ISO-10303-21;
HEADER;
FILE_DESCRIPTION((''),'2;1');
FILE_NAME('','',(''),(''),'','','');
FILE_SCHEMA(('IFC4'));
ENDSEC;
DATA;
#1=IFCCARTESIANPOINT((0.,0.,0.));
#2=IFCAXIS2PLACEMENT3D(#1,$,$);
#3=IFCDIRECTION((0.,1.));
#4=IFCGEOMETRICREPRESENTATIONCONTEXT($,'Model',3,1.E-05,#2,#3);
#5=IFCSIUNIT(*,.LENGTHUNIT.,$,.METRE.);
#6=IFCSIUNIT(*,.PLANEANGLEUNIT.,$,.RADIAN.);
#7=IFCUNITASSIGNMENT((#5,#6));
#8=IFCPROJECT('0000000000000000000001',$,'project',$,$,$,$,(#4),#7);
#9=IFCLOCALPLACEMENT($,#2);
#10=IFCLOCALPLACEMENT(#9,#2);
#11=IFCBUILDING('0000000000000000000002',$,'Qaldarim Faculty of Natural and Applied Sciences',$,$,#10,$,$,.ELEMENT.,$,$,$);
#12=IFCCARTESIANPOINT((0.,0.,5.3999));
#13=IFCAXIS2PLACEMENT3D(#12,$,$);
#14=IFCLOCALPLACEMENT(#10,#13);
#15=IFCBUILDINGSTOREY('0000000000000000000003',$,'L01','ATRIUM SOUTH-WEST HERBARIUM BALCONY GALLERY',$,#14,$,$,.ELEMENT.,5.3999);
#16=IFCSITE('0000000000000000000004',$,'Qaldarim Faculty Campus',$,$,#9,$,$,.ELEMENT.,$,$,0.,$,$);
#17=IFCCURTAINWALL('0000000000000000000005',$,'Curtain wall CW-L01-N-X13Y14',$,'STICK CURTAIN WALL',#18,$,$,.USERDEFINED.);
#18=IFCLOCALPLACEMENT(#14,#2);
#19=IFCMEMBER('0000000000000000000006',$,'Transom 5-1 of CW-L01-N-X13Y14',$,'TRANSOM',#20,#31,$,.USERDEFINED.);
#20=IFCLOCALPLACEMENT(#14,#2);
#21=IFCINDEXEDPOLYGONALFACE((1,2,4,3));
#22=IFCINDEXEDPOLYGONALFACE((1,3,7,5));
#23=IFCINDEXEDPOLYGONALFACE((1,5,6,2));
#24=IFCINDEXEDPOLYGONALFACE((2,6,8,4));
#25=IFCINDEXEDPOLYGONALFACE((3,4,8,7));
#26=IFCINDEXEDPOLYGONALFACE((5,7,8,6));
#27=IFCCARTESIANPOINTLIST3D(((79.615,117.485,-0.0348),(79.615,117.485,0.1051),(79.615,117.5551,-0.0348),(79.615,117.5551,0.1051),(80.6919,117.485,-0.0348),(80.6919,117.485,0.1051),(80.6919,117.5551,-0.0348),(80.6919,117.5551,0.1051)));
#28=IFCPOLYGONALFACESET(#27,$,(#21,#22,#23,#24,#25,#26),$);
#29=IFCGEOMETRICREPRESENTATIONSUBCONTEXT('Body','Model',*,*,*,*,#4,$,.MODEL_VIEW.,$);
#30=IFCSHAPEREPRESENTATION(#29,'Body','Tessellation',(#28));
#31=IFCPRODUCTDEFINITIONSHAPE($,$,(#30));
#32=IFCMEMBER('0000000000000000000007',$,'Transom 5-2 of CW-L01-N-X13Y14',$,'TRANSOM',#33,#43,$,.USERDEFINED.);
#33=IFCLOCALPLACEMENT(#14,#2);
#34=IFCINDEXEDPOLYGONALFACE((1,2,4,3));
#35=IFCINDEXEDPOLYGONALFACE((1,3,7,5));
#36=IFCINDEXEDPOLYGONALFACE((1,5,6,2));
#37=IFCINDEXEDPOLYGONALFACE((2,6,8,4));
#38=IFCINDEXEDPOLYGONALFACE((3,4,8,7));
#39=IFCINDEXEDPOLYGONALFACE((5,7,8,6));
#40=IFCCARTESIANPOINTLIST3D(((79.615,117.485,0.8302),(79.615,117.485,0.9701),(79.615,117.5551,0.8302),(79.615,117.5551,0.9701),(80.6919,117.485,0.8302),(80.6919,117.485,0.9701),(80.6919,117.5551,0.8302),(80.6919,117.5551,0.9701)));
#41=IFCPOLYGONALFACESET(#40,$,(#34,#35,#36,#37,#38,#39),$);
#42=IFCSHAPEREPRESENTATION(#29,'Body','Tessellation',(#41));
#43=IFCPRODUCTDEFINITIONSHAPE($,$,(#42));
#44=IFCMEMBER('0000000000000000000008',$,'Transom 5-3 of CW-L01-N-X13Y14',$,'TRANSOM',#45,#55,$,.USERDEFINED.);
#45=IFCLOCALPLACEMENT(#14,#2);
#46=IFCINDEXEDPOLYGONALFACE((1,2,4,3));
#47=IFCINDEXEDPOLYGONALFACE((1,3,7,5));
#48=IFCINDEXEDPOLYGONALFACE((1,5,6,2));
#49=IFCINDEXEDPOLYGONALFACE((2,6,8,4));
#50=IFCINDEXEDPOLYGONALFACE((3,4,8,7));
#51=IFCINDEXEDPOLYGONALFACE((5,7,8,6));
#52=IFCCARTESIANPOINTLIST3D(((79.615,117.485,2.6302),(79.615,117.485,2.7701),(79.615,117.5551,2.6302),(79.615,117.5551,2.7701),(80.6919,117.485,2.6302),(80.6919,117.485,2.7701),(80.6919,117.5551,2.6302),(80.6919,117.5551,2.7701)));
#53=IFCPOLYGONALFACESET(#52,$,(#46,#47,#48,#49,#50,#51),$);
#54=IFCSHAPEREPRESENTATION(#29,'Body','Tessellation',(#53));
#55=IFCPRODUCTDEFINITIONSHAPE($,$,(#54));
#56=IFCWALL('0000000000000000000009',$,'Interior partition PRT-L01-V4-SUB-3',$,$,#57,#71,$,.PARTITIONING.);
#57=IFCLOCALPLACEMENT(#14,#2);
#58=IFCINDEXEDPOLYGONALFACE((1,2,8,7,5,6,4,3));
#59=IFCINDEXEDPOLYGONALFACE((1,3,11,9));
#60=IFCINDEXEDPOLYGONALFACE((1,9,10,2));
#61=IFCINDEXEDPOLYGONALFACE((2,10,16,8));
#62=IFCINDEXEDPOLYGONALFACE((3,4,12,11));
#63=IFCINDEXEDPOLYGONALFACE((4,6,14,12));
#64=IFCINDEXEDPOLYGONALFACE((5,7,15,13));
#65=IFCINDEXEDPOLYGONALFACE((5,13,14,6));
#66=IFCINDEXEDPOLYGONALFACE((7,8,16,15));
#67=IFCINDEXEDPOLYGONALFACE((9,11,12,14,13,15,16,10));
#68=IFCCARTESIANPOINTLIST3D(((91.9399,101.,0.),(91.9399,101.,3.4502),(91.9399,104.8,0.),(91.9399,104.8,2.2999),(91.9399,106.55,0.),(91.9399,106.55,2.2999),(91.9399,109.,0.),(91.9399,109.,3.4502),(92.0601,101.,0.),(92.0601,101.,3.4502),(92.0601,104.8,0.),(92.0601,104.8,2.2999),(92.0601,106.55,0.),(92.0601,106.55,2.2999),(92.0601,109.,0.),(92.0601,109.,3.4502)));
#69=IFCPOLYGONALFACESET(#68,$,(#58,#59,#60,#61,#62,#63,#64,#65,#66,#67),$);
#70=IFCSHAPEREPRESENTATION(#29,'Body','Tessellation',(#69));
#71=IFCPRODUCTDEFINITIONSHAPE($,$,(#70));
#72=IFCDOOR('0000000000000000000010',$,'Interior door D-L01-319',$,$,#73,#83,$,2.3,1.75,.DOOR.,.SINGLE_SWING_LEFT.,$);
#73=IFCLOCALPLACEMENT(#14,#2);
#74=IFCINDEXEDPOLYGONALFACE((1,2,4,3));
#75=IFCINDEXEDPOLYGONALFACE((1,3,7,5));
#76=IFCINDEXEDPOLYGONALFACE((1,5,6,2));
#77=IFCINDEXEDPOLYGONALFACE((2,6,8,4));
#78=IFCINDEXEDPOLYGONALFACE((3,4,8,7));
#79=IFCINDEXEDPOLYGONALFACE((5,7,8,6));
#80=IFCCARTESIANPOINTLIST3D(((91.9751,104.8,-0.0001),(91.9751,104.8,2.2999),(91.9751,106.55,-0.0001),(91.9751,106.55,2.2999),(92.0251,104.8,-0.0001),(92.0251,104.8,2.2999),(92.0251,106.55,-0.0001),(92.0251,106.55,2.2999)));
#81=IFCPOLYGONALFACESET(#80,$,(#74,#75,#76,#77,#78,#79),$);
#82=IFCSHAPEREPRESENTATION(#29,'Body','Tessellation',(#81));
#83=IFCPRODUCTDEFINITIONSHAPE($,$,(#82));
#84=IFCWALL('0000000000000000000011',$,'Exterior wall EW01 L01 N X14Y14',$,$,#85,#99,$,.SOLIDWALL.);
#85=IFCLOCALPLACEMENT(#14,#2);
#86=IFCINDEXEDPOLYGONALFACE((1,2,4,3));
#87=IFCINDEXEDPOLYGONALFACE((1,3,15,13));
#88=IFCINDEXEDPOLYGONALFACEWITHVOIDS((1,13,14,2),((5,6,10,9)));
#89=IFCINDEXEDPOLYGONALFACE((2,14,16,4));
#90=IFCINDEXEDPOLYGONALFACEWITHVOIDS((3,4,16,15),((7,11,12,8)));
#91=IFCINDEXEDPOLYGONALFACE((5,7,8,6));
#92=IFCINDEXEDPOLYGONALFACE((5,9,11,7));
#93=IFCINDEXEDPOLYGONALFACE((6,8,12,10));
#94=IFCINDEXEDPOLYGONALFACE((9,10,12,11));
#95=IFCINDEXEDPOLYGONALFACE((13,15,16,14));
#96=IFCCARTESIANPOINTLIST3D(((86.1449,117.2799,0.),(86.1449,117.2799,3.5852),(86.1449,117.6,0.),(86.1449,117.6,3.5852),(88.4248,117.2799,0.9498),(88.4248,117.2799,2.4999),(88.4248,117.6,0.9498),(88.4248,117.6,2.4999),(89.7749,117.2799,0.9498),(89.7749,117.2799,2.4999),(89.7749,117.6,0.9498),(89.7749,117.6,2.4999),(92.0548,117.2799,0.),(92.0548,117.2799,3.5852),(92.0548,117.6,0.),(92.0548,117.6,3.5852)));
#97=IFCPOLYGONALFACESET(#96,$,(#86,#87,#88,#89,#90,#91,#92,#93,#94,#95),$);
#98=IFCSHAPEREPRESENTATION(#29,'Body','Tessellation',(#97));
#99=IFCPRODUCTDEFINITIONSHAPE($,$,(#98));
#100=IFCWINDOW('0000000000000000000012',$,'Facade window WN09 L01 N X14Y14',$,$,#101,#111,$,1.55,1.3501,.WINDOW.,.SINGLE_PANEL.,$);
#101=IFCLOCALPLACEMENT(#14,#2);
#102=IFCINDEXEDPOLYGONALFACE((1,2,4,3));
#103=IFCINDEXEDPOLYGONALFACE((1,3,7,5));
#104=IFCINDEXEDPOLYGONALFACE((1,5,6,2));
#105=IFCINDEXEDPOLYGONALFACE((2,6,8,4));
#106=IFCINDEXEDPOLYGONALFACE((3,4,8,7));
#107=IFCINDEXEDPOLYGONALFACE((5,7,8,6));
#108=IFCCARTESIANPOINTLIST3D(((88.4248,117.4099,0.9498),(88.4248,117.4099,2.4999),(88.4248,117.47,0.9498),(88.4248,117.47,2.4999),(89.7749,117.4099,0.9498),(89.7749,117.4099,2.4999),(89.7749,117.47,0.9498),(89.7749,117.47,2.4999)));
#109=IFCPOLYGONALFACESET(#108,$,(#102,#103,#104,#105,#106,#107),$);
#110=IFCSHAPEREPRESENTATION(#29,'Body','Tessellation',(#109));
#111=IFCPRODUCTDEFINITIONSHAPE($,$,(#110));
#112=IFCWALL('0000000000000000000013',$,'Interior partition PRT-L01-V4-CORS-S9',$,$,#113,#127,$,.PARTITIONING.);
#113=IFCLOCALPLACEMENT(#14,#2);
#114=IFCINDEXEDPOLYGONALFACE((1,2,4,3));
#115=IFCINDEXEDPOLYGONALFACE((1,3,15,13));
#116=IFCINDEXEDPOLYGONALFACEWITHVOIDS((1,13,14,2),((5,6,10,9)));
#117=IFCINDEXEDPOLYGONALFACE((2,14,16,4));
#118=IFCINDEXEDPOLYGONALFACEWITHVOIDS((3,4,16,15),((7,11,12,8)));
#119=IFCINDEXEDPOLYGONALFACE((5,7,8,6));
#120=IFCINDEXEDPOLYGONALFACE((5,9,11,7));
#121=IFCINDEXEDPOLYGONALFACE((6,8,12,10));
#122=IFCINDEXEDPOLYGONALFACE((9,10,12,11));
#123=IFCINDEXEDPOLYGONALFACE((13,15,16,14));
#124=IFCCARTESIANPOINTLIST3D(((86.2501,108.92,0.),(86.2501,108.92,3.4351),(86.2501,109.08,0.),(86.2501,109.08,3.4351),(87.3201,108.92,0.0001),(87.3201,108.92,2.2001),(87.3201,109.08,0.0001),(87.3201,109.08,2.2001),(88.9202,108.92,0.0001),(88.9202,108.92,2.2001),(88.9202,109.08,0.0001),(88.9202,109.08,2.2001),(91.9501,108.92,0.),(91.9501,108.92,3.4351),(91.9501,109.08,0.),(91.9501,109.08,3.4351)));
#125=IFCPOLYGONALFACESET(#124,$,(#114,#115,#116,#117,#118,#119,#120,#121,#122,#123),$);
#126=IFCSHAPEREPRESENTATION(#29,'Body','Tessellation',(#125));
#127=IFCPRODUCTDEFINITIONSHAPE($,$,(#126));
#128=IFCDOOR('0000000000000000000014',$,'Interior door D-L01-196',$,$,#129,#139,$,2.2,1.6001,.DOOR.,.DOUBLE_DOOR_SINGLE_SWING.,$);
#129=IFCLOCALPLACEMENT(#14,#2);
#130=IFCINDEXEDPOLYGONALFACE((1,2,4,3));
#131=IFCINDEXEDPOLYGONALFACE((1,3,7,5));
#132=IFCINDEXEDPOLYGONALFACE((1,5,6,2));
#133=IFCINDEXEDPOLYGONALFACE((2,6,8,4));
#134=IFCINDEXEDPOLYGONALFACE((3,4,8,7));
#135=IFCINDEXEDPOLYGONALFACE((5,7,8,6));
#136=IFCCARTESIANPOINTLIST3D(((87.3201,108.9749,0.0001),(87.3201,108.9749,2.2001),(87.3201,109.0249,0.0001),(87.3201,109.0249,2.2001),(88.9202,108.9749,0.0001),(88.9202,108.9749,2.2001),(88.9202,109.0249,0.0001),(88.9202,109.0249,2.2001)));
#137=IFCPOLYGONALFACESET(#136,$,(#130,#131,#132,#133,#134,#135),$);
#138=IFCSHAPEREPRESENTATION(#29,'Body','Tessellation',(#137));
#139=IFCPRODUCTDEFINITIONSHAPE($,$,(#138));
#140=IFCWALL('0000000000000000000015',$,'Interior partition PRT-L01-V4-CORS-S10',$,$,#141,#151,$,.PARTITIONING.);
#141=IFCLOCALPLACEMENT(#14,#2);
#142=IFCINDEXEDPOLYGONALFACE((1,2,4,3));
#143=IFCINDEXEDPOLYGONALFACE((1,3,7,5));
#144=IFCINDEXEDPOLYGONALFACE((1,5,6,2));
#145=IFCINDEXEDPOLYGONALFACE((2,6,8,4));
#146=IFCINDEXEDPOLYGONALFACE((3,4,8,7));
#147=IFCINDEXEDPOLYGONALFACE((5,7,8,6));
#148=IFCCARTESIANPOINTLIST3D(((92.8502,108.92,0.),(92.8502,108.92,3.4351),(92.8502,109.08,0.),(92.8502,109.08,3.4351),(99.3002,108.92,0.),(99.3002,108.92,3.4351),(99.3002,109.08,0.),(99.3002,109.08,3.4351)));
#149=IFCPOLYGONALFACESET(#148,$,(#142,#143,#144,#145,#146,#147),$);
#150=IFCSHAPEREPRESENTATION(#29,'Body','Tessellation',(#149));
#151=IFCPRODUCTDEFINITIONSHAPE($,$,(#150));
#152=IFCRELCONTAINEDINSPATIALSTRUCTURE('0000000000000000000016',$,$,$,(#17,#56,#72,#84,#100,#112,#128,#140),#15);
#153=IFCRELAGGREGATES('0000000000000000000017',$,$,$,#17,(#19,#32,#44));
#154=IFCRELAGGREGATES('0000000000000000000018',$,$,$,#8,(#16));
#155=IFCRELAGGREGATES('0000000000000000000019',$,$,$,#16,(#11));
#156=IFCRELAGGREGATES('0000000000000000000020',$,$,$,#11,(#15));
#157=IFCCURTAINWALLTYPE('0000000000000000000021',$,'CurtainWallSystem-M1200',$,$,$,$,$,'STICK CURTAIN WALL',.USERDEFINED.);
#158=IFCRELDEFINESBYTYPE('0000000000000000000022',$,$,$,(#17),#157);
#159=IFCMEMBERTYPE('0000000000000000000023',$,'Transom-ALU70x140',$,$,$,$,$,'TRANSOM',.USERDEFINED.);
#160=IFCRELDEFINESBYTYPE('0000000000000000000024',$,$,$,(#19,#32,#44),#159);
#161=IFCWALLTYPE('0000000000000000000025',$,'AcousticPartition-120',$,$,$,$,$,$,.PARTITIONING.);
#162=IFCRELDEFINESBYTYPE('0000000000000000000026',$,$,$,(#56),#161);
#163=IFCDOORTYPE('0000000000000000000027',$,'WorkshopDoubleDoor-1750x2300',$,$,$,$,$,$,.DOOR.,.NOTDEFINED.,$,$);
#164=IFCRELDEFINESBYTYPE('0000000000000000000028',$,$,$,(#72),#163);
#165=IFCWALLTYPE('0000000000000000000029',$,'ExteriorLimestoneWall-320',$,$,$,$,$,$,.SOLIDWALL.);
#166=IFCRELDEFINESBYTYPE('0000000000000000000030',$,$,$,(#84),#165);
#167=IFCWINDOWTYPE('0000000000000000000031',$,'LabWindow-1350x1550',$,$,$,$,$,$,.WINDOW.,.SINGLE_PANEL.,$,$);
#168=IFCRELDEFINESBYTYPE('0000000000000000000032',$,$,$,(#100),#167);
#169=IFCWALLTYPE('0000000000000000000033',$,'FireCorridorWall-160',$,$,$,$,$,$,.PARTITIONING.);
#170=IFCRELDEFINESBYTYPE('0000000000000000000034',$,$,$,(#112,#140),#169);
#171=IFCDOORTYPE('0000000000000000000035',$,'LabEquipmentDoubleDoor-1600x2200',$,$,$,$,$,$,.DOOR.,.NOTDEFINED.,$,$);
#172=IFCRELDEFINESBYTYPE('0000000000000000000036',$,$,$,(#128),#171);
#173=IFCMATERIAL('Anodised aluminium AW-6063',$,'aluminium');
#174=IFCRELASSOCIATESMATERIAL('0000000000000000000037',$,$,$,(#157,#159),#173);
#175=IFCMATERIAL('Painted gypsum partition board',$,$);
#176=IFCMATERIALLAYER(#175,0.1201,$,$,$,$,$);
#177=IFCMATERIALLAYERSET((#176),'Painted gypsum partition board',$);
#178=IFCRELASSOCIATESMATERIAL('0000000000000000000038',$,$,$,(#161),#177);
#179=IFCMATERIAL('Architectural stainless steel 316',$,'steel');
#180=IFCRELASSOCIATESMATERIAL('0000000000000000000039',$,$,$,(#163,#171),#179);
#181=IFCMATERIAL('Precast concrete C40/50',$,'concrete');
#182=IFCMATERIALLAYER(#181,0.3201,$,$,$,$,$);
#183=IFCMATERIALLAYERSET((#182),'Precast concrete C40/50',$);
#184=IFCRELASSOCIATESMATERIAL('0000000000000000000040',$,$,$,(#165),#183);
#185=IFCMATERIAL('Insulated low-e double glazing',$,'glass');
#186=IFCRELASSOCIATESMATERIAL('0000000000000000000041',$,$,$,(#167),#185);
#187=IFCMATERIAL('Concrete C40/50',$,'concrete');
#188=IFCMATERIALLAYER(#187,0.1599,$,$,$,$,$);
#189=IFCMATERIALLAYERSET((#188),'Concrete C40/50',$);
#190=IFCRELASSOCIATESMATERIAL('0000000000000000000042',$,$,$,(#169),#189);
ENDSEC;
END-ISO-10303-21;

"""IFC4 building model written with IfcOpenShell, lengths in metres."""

from ifc_helpers import new_model, si_unit, direction, frame, frame_2d, origin, origin_2d, place, context, subcontext, project, spatial, rectangle, extrude, material, layer, layer_set, material_profile, profile_set, type_object, element, fill, aggregate, save


model = new_model("IFC4")

# Units and contexts
model_context = context("Model", 3, precision=1e-05, world=origin(), true_north=direction((0.0, 1.0)))
body_context = subcontext(model_context, "Body", "Model", "MODEL_VIEW")
ifc_project = project(units=[si_unit("LENGTHUNIT", "METRE"), si_unit("PLANEANGLEUNIT", "RADIAN")], contexts=[model_context])

# Site, building, storey
site_placement = place(None, origin())
site = spatial("IfcSite", under=ifc_project, at=site_placement, Name="Qaldarim Faculty Campus", CompositionType="ELEMENT", RefElevation=0.0)
building_placement = place(site_placement, origin())
building = spatial("IfcBuilding", under=site, at=building_placement, Name="Qaldarim Faculty of Natural and Applied Sciences", CompositionType="ELEMENT")
storey_placement = place(building_placement, frame((0.0, 0.0, 5.3999)))
storey = spatial("IfcBuildingStorey", under=building, at=storey_placement, Name="L01", Description="ATRIUM SOUTH-WEST HERBARIUM BALCONY GALLERY", CompositionType="ELEMENT", Elevation=5.3999)

# Shared definitions
ifc_material_1 = material(Name="Concrete C40/50", Category="concrete")

# Curtain wall, members
ifc_material_2 = material(Name="Anodised aluminium AW-6063", Category="aluminium")
curtain_wall_type = type_object("IfcCurtainWallType", Name="CurtainWallSystem-M1200", ElementType="STICK CURTAIN WALL", PredefinedType="USERDEFINED", material=ifc_material_2)
curtain_wall_placement = place(storey_placement, origin())
curtain_wall = element("IfcCurtainWall", 1, at=curtain_wall_placement, inside=storey, type_object=curtain_wall_type, Name="Curtain wall CW-L01-N-X13Y14", ObjectType="STICK CURTAIN WALL", PredefinedType="USERDEFINED")
ifc_material_profile_1 = material_profile(ifc_material_2, rectangle(XDim=0.0701, YDim=0.1399, at=origin_2d()), Name="ALU-T70x140")
ifc_profile_set_1 = profile_set([ifc_material_profile_1], Name="Anodised aluminium AW-6063")
member_type = type_object("IfcMemberType", Name="Transom-ALU70x140", ElementType="TRANSOM", PredefinedType="USERDEFINED", material=ifc_profile_set_1)
member_1_placement = place(storey_placement, frame((80.6919, 117.52, 0.0352), z_axis=(-1.0, 0.0, 0.0), x_axis=(0.0, -1.0, 0.0)))
member_1 = element("IfcMember", 2, at=member_1_placement, type_object=member_type, Name="Transom 5-1 of CW-L01-N-X13Y14", ObjectType="TRANSOM", PredefinedType="USERDEFINED", context=body_context, shape_type="SweptSolid", body=[
    extrude(rectangle(XDim=0.0701, YDim=0.1399, at=origin_2d()), origin(), (0.0, 0.0, 1.0), 1.0769),
])
member_2_placement = place(storey_placement, frame((80.6919, 117.52, 0.9001), z_axis=(-1.0, 0.0, 0.0), x_axis=(0.0, -1.0, 0.0)))
member_2 = element("IfcMember", 3, at=member_2_placement, type_object=member_type, Name="Transom 5-2 of CW-L01-N-X13Y14", ObjectType="TRANSOM", PredefinedType="USERDEFINED", context=body_context, shape_type="SweptSolid", body=[
    extrude(rectangle(XDim=0.0701, YDim=0.1399, at=origin_2d()), origin(), (0.0, 0.0, 1.0), 1.0769),
])
member_3_placement = place(storey_placement, frame((80.6919, 117.52, 2.7002), z_axis=(-1.0, 0.0, 0.0), x_axis=(0.0, -1.0, 0.0)))
member_3 = element("IfcMember", 4, at=member_3_placement, type_object=member_type, Name="Transom 5-3 of CW-L01-N-X13Y14", ObjectType="TRANSOM", PredefinedType="USERDEFINED", context=body_context, shape_type="SweptSolid", body=[
    extrude(rectangle(XDim=0.0701, YDim=0.1399, at=origin_2d()), origin(), (0.0, 0.0, 1.0), 1.0769),
])
aggregate(curtain_wall, [member_1, member_2, member_3])

# Wall, opening, door
ifc_material_3 = material(Name="Painted gypsum partition board")
ifc_layer_1 = layer(ifc_material_3, 0.1201)
ifc_layer_set_1 = layer_set([ifc_layer_1], Name="Painted gypsum partition board")
wall_type_1 = type_object("IfcWallType", Name="AcousticPartition-120", PredefinedType="PARTITIONING", material=ifc_layer_set_1)
wall_1_placement = place(storey_placement, frame((92.0, 101.0, 0.0), z_axis=(0.0, 0.0, 1.0), x_axis=(0.0, 1.0, 0.0)))
wall_1 = element("IfcWall", 5, at=wall_1_placement, inside=storey, type_object=wall_type_1, Name="Interior partition PRT-L01-V4-SUB-3", PredefinedType="PARTITIONING", context=body_context, shape_type="SweptSolid", body=[
    extrude(rectangle(XDim=8.0, YDim=0.1201, at=frame_2d((4.0, 0.0))), origin(), (0.0, 0.0, 1.0), 3.4502),
])
opening_1_placement = place(wall_1_placement, frame((3.8, 0.0, 0.0)))
opening_1 = element("IfcOpeningElement", 6, at=opening_1_placement, cuts=wall_1, PredefinedType="OPENING", context=body_context, shape_type="SweptSolid", body=[
    extrude(rectangle(XDim=1.75, YDim=2.3, at=frame_2d((0.875, 1.1499))), frame((0.0, 0.0701, 0.0), z_axis=(0.0, -1.0, 0.0), x_axis=(1.0, 0.0, 0.0)), (0.0, 0.0, 1.0), 0.1401),
])
ifc_material_4 = material(Name="Architectural stainless steel 316", Category="steel")
door_type_1 = type_object("IfcDoorType", Name="WorkshopDoubleDoor-1750x2300", OperationType="NOTDEFINED", PredefinedType="DOOR", material=ifc_material_4)
door_1_placement = place(opening_1_placement, origin())
door_1 = element("IfcDoor", 7, at=door_1_placement, inside=storey, type_object=door_type_1, Name="Interior door D-L01-319", OperationType="SINGLE_SWING_LEFT", OverallHeight=2.3, OverallWidth=1.75, PredefinedType="DOOR", context=body_context, shape_type="SweptSolid", body=[
    extrude(rectangle(XDim=1.75, YDim=2.3, at=frame_2d((0.875, 1.1499))), frame((0.0, 0.0249, 0.0), z_axis=(0.0, -1.0, 0.0), x_axis=(1.0, 0.0, 0.0)), (0.0, 0.0, 1.0), 0.05),
])
fill(opening_1, door_1)

# Wall, opening, window
ifc_material_5 = material(Name="Precast concrete C40/50", Category="concrete")
ifc_layer_2 = layer(ifc_material_5, 0.3201)
ifc_layer_set_2 = layer_set([ifc_layer_2], Name="Precast concrete C40/50")
wall_type_2 = type_object("IfcWallType", Name="ExteriorLimestoneWall-320", PredefinedType="SOLIDWALL", material=ifc_layer_set_2)
wall_2_placement = place(storey_placement, frame((92.0549, 117.4399, 0.0), z_axis=(0.0, 0.0, 1.0), x_axis=(-1.0, 0.0, 0.0)))
wall_2 = element("IfcWall", 8, at=wall_2_placement, inside=storey, type_object=wall_type_2, Name="Exterior wall EW01 L01 N X14Y14", PredefinedType="SOLIDWALL", context=body_context, shape_type="SweptSolid", body=[
    extrude(rectangle(XDim=5.9099, YDim=0.3201, at=frame_2d((2.9551, 0.0))), origin(), (0.0, 0.0, 1.0), 3.5852),
])
opening_2_placement = place(wall_2_placement, frame((2.28, 0.0, 0.95)))
opening_2 = element("IfcOpeningElement", 9, at=opening_2_placement, cuts=wall_2, PredefinedType="OPENING", context=body_context, shape_type="SweptSolid", body=[
    extrude(rectangle(XDim=1.3501, YDim=1.55, at=frame_2d((0.675, 0.7749))), frame((0.0, 0.1699, 0.0), z_axis=(0.0, -1.0, 0.0), x_axis=(1.0, 0.0, 0.0)), (0.0, 0.0, 1.0), 0.3401),
])
ifc_material_6 = material(Name="Insulated low-e double glazing", Category="glass")
window_type = type_object("IfcWindowType", Name="LabWindow-1350x1550", PartitioningType="SINGLE_PANEL", PredefinedType="WINDOW", material=ifc_material_6)
window_placement = place(opening_2_placement, origin())
window = element("IfcWindow", 10, at=window_placement, inside=storey, type_object=window_type, Name="Facade window WN09 L01 N X14Y14", OverallHeight=1.55, OverallWidth=1.3501, PartitioningType="SINGLE_PANEL", PredefinedType="WINDOW", context=body_context, shape_type="SweptSolid", body=[
    extrude(rectangle(XDim=1.3501, YDim=1.55, at=frame_2d((0.675, 0.7749))), frame((0.0, 0.03, 0.0), z_axis=(0.0, -1.0, 0.0), x_axis=(1.0, 0.0, 0.0)), (0.0, 0.0, 1.0), 0.0601),
])
fill(opening_2, window)

# Wall, opening, door
ifc_layer_3 = layer(ifc_material_1, 0.1599)
ifc_layer_set_3 = layer_set([ifc_layer_3], Name="Concrete C40/50")
wall_type_3 = type_object("IfcWallType", Name="FireCorridorWall-160", PredefinedType="PARTITIONING", material=ifc_layer_set_3)
wall_3_placement = place(storey_placement, frame((86.25, 109.0, 0.0), z_axis=(0.0, 0.0, 1.0), x_axis=(1.0, 0.0, 0.0)))
wall_3 = element("IfcWall", 11, at=wall_3_placement, inside=storey, type_object=wall_type_3, Name="Interior partition PRT-L01-V4-CORS-S9", PredefinedType="PARTITIONING", context=body_context, shape_type="SweptSolid", body=[
    extrude(rectangle(XDim=5.7, YDim=0.1599, at=frame_2d((2.8501, 0.0))), origin(), (0.0, 0.0, 1.0), 3.4351),
])
opening_3_placement = place(wall_3_placement, frame((1.0701, 0.0, 0.0)))
opening_3 = element("IfcOpeningElement", 12, at=opening_3_placement, cuts=wall_3, PredefinedType="OPENING", context=body_context, shape_type="SweptSolid", body=[
    extrude(rectangle(XDim=1.6001, YDim=2.2, at=frame_2d((0.8, 1.1001))), frame((0.0, 0.0898, 0.0), z_axis=(0.0, -1.0, 0.0), x_axis=(1.0, 0.0, 0.0)), (0.0, 0.0, 1.0), 0.1799),
])
door_type_2 = type_object("IfcDoorType", Name="LabEquipmentDoubleDoor-1600x2200", OperationType="NOTDEFINED", PredefinedType="DOOR", material=ifc_material_4)
door_2_placement = place(opening_3_placement, origin())
door_2 = element("IfcDoor", 13, at=door_2_placement, inside=storey, type_object=door_type_2, Name="Interior door D-L01-196", OperationType="DOUBLE_DOOR_SINGLE_SWING", OverallHeight=2.2, OverallWidth=1.6001, PredefinedType="DOOR", context=body_context, shape_type="SweptSolid", body=[
    extrude(rectangle(XDim=1.6001, YDim=2.2, at=frame_2d((0.8, 1.1001))), frame((0.0, 0.0249, 0.0), z_axis=(0.0, -1.0, 0.0), x_axis=(1.0, 0.0, 0.0)), (0.0, 0.0, 1.0), 0.05),
])
fill(opening_3, door_2)

# Wall
wall_4_placement = place(storey_placement, frame((92.8501, 109.0, 0.0), z_axis=(0.0, 0.0, 1.0), x_axis=(1.0, 0.0, 0.0)))
element("IfcWall", 14, at=wall_4_placement, inside=storey, type_object=wall_type_3, Name="Interior partition PRT-L01-V4-CORS-S10", PredefinedType="PARTITIONING", context=body_context, shape_type="SweptSolid", body=[
    extrude(rectangle(XDim=6.45, YDim=0.1599, at=frame_2d((3.2251, 0.0))), origin(), (0.0, 0.0, 1.0), 3.4351),
])

save(model, "model.ifc")
